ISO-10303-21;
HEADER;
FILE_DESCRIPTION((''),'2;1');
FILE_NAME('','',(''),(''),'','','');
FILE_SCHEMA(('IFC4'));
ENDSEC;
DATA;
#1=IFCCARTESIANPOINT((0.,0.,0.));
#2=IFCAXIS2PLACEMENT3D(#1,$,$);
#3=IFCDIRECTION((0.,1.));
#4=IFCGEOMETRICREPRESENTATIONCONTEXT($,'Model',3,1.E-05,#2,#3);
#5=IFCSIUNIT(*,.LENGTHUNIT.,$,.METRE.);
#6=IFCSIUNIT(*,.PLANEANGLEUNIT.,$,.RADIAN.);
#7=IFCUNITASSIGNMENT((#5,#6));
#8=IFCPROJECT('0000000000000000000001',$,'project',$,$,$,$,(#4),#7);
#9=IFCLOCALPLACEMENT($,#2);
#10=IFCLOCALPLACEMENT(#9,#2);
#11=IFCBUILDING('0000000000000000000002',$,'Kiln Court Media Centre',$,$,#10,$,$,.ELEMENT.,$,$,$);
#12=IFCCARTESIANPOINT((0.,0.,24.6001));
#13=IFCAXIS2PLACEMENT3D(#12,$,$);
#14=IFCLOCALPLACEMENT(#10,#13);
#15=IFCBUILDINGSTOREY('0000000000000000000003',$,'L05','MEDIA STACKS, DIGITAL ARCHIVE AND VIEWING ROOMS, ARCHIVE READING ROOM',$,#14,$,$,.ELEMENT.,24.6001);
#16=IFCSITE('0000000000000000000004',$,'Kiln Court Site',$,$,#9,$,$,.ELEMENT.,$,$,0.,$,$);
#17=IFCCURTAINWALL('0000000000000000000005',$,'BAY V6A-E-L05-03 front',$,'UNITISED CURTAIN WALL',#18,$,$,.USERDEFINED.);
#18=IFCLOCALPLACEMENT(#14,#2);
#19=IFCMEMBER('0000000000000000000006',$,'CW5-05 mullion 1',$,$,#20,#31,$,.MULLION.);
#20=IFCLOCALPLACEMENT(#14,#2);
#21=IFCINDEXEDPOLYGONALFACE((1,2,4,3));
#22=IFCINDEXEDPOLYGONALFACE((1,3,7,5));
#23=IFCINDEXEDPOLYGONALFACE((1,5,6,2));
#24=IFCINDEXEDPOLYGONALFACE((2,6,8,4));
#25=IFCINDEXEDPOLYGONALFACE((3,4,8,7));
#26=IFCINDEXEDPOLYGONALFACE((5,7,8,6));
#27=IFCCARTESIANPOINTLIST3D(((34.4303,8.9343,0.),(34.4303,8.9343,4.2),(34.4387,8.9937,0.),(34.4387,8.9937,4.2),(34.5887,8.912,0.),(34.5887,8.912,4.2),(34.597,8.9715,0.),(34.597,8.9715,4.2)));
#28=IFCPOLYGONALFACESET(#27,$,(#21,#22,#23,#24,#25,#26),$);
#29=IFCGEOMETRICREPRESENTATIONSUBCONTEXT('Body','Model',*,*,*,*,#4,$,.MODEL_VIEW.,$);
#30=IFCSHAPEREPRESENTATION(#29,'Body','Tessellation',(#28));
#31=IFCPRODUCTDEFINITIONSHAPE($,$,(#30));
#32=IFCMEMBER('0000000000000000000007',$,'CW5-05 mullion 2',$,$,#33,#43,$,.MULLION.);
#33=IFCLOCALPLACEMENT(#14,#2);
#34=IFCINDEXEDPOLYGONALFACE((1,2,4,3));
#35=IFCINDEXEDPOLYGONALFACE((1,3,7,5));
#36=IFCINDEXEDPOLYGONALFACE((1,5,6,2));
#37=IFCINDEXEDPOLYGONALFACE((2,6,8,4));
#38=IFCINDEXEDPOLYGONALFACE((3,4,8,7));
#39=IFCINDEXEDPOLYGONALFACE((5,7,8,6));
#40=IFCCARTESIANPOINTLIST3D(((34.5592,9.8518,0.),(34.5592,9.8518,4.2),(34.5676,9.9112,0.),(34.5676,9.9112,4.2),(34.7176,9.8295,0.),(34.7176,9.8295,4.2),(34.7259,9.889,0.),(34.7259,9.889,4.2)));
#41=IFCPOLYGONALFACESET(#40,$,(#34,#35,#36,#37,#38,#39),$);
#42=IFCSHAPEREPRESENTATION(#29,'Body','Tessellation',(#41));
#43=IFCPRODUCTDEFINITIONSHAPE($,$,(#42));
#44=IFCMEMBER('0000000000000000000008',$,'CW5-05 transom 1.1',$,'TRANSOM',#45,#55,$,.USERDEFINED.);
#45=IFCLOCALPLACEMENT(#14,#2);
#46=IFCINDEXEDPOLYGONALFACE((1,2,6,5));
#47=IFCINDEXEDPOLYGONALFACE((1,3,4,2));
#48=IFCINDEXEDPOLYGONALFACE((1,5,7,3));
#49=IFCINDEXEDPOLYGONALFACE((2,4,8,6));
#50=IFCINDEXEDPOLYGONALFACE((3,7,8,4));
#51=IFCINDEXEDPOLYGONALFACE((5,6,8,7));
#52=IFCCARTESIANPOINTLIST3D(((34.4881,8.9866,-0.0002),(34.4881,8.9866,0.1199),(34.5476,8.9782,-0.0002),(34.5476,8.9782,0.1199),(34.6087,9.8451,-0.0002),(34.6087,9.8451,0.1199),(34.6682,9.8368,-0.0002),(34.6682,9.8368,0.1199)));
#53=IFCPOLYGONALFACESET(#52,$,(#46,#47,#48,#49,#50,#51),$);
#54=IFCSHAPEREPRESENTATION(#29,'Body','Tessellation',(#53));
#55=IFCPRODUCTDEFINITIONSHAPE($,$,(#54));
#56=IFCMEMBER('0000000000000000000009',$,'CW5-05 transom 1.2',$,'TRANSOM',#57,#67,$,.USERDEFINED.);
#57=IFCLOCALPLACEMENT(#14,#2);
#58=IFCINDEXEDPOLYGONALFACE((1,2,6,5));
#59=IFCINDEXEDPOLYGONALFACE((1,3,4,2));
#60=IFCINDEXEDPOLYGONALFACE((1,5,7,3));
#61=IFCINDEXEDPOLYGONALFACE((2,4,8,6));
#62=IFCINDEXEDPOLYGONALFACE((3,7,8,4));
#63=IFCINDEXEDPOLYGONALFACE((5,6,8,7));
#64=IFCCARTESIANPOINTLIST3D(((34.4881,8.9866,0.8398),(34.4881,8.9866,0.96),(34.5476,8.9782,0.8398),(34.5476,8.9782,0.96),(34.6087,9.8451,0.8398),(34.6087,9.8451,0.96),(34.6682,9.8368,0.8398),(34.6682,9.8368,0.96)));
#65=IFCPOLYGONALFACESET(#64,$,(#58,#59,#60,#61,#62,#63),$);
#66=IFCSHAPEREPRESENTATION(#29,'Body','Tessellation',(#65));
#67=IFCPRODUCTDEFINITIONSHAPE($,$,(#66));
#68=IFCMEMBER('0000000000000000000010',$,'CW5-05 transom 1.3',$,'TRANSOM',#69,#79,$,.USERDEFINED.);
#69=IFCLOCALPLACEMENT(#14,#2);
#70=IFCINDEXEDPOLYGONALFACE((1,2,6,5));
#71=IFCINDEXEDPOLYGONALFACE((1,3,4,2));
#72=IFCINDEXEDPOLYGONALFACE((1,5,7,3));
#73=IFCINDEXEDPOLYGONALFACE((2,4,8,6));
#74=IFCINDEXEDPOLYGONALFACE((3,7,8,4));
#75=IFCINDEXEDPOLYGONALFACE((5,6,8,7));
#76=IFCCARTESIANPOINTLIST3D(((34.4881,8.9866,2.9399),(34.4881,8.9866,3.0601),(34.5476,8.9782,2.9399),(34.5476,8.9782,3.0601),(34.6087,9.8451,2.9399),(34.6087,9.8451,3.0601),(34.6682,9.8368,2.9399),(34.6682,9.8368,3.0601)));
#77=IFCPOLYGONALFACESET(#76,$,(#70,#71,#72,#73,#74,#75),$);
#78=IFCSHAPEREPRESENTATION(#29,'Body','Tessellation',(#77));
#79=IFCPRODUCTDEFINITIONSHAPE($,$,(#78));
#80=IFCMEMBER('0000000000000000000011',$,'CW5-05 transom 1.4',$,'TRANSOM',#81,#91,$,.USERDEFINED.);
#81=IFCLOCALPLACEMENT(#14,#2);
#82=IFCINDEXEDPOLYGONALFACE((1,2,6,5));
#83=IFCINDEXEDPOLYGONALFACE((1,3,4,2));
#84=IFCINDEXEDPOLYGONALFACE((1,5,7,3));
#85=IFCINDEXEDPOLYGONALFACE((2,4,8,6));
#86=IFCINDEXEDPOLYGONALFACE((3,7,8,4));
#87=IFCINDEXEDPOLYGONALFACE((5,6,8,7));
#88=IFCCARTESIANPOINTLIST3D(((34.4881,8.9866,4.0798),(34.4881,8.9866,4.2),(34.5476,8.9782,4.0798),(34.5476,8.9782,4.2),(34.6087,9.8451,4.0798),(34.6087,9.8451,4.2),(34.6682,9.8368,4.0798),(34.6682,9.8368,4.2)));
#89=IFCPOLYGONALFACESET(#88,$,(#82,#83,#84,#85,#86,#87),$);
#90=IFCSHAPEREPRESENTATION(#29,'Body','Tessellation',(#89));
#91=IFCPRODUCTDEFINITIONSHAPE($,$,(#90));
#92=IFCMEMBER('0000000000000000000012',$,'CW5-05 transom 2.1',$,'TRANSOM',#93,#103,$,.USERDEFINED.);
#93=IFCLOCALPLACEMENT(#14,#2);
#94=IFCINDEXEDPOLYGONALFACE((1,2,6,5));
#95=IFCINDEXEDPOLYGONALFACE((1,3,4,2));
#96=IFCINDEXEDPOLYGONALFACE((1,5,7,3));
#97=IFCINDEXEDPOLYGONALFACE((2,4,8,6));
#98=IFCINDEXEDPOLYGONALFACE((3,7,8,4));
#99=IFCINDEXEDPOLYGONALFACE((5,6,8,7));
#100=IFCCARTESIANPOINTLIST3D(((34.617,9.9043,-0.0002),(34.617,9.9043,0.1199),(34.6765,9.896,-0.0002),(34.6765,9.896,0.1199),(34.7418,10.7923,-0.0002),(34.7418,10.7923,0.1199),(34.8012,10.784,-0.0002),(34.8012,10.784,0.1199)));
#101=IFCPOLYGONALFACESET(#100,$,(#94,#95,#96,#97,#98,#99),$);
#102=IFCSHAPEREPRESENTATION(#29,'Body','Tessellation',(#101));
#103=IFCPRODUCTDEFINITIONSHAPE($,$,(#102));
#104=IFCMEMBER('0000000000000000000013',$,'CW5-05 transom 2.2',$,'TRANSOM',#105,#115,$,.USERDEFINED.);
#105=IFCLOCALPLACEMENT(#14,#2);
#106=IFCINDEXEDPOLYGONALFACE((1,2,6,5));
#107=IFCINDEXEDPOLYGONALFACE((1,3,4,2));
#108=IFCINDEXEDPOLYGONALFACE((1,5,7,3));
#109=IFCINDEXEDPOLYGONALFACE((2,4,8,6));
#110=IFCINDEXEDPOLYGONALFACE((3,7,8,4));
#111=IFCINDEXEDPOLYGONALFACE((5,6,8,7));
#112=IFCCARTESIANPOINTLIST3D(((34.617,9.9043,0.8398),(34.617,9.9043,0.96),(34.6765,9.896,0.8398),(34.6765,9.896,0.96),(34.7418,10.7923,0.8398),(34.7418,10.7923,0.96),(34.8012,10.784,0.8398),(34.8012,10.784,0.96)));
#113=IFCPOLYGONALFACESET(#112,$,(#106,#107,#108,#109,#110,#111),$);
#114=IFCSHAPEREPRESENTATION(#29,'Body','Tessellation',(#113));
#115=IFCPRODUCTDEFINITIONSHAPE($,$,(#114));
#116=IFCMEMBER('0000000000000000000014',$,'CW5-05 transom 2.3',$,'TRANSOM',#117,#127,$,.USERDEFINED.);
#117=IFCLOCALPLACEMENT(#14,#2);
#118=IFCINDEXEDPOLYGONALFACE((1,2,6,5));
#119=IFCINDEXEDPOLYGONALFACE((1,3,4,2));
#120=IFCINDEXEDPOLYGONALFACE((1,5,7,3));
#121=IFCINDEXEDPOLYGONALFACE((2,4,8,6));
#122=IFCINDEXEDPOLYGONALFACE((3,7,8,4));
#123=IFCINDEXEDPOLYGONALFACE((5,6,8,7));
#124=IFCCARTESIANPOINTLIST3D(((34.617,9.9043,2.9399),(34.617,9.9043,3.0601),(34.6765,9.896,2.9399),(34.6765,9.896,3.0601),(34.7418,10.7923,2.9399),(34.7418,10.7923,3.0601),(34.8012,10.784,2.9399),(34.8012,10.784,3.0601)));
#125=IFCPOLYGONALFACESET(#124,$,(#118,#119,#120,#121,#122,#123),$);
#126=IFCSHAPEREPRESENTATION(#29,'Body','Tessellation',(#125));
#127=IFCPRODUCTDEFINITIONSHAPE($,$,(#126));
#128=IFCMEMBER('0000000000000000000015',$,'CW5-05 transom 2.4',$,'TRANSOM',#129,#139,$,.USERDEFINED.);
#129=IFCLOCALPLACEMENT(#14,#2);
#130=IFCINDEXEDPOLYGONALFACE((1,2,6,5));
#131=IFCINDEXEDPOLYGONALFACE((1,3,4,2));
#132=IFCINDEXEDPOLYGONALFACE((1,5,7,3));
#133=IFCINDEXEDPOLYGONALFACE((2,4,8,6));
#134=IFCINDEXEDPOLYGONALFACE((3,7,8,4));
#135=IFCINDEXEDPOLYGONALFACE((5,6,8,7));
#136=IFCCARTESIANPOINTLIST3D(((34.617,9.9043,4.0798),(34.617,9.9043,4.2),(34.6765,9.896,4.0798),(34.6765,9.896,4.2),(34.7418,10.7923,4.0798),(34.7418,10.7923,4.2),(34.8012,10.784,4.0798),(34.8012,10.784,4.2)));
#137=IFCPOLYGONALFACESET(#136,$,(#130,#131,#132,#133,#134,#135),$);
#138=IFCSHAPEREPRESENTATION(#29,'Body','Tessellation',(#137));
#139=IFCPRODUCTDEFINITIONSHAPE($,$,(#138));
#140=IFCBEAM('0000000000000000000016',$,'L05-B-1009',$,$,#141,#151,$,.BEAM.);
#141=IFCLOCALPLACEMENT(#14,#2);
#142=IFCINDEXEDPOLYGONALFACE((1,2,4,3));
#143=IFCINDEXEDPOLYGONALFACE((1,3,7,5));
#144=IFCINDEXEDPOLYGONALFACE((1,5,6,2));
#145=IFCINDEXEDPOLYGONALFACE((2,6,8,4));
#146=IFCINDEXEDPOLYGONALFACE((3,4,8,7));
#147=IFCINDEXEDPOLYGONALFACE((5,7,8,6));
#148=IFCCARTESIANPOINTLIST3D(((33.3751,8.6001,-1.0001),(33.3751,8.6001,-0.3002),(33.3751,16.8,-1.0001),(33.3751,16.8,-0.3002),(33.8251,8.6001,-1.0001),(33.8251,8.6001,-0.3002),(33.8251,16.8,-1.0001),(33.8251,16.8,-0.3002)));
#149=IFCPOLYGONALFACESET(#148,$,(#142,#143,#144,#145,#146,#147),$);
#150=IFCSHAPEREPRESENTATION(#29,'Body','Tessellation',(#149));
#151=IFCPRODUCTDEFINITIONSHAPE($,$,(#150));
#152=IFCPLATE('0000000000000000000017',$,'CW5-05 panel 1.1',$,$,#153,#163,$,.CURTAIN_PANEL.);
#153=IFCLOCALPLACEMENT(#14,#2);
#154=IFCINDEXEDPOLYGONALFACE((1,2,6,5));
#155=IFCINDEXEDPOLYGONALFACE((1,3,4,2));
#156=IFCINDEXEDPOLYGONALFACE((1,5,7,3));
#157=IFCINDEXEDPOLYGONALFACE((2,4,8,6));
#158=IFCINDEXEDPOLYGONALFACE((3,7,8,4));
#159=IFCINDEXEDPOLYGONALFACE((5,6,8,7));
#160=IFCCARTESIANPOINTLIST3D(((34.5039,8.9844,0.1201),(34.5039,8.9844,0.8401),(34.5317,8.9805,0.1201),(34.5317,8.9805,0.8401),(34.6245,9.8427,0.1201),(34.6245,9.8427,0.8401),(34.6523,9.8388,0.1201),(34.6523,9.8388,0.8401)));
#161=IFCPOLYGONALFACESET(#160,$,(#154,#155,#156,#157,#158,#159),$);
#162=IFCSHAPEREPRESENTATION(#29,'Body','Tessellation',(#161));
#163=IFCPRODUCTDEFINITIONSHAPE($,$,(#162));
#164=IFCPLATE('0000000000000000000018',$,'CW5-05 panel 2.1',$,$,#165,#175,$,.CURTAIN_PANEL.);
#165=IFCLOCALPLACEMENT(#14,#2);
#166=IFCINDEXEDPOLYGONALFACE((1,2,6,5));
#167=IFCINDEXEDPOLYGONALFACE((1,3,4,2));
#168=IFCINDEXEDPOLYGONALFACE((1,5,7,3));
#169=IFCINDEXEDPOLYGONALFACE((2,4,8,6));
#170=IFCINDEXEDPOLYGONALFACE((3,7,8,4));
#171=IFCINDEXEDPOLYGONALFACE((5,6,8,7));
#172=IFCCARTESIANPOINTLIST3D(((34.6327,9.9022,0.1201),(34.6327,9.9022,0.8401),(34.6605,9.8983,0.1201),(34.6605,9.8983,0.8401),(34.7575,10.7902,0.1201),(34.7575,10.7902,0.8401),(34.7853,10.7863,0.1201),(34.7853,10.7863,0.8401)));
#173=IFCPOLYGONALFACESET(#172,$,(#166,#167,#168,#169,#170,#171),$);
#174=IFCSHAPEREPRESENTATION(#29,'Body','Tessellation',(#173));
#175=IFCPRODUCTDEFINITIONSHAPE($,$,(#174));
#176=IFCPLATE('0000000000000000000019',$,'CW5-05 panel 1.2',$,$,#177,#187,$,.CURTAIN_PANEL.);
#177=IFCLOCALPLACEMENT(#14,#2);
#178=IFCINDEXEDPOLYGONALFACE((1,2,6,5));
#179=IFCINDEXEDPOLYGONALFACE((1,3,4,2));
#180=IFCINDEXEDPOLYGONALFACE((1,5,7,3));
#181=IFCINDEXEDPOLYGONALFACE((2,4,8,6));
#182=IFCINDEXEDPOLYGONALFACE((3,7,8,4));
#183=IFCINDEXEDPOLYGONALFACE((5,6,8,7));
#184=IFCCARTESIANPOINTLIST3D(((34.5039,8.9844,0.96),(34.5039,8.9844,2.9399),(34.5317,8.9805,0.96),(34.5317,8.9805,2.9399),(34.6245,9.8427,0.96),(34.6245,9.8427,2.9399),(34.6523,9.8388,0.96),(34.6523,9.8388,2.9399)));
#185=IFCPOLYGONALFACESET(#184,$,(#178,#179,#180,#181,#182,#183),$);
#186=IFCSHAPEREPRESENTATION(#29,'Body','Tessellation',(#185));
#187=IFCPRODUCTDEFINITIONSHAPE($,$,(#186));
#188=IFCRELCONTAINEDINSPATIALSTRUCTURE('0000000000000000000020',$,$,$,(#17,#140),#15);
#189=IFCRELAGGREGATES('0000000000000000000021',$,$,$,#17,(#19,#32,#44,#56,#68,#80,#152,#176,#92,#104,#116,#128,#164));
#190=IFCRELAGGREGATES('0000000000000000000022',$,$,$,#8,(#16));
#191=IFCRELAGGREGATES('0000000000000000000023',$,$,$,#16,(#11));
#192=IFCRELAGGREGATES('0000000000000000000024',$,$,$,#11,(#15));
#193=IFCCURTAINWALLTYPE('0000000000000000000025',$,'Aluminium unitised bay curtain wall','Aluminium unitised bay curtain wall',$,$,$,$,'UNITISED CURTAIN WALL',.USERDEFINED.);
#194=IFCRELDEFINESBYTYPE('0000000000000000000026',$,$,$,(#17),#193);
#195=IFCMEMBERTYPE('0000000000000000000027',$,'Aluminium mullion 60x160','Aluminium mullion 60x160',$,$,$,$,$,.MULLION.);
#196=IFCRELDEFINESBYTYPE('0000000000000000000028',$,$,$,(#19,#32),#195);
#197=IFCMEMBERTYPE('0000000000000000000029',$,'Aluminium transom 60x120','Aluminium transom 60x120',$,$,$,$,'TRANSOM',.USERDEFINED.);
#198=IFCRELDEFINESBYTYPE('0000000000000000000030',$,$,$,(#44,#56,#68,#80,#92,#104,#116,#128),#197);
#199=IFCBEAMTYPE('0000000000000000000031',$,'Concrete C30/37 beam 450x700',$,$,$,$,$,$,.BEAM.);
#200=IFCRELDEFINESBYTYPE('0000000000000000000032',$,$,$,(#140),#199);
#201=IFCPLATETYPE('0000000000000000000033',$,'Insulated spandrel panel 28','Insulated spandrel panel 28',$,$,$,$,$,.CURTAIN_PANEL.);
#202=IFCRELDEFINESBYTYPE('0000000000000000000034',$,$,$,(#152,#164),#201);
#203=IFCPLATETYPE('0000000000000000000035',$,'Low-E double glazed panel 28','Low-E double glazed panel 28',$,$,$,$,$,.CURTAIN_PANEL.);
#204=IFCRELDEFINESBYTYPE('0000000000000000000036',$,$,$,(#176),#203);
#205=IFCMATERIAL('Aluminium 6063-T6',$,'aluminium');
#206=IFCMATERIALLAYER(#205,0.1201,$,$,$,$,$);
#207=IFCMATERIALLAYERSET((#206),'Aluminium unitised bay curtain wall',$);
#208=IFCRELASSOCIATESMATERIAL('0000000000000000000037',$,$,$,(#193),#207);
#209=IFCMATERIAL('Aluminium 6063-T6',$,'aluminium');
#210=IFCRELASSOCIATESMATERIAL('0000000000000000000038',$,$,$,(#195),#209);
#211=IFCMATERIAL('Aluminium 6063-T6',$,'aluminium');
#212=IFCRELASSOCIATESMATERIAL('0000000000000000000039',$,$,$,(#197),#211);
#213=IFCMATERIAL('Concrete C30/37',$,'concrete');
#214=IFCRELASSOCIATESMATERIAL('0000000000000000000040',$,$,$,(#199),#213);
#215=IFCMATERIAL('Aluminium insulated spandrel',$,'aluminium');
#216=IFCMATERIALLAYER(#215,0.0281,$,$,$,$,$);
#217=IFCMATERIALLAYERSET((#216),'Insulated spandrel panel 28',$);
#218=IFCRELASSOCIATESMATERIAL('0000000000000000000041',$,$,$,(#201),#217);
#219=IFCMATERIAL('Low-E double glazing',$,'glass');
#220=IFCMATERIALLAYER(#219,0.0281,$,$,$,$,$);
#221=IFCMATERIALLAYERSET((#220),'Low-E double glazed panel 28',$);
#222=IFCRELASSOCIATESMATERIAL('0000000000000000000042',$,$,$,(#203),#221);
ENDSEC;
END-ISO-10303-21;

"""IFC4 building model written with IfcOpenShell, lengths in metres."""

from ifc_helpers import new_model, si_unit, direction, frame, origin, origin_2d, place, context, subcontext, project, spatial, rectangle, extrude, material, layer, layer_set, material_profile, profile_set, type_object, element, aggregate, save


model = new_model("IFC4")

# Units and contexts
model_context = context("Model", 3, precision=1e-05, world=origin(), true_north=direction((0.0, 1.0)))
body_context = subcontext(model_context, "Body", "Model", "MODEL_VIEW")
ifc_project = project(units=[si_unit("LENGTHUNIT", "METRE"), si_unit("PLANEANGLEUNIT", "RADIAN")], contexts=[model_context])

# Site, building, storey
site_placement = place(None, origin())
site = spatial("IfcSite", under=ifc_project, at=site_placement, Name="Kiln Court Site", CompositionType="ELEMENT", RefElevation=0.0)
building_placement = place(site_placement, origin())
building = spatial("IfcBuilding", under=site, at=building_placement, Name="Kiln Court Media Centre", CompositionType="ELEMENT")
storey_placement = place(building_placement, frame((0.0, 0.0, 24.6001)))
storey = spatial("IfcBuildingStorey", under=building, at=storey_placement, Name="L05", Description="MEDIA STACKS, DIGITAL ARCHIVE AND VIEWING ROOMS, ARCHIVE READING ROOM", CompositionType="ELEMENT", Elevation=24.6001)

# Curtain wall, members
ifc_material_1 = material(Name="Aluminium 6063-T6", Category="aluminium")
ifc_layer_1 = layer(ifc_material_1, 0.1201)
ifc_layer_set_1 = layer_set([ifc_layer_1], Name="Aluminium unitised bay curtain wall")
curtain_wall_type = type_object("IfcCurtainWallType", Name="Aluminium unitised bay curtain wall", Description="Aluminium unitised bay curtain wall", ElementType="UNITISED CURTAIN WALL", PredefinedType="USERDEFINED", material=ifc_layer_set_1)
curtain_wall_placement = place(storey_placement, origin())
curtain_wall = element("IfcCurtainWall", 1, at=curtain_wall_placement, inside=storey, type_object=curtain_wall_type, Name="BAY V6A-E-L05-03 front", ObjectType="UNITISED CURTAIN WALL", PredefinedType="USERDEFINED")
ifc_material_2 = material(Name="Aluminium 6063-T6", Category="aluminium")
ifc_material_profile_1 = material_profile(ifc_material_2, rectangle(XDim=0.0601, YDim=0.1599, at=origin_2d()), Name="Aluminium mullion 60x160")
ifc_profile_set_1 = profile_set([ifc_material_profile_1], Name="Aluminium 6063-T6")
member_type_1 = type_object("IfcMemberType", Name="Aluminium mullion 60x160", Description="Aluminium mullion 60x160", PredefinedType="MULLION", material=ifc_profile_set_1)
member_1_placement = place(storey_placement, frame((34.5137, 8.9529, 0.0), z_axis=(0.0, 0.0, 1.0), x_axis=(0.139162, 0.99027, 0.0)))
member_1 = element("IfcMember", 2, at=member_1_placement, type_object=member_type_1, Name="CW5-05 mullion 1", PredefinedType="MULLION", context=body_context, shape_type="SweptSolid", body=[
    extrude(rectangle(XDim=0.0601, YDim=0.1599, at=origin_2d()), origin(), (0.0, 0.0, 1.0), 4.2),
])
member_2_placement = place(storey_placement, frame((34.6426, 9.8704, 0.0), z_axis=(0.0, 0.0, 1.0), x_axis=(0.139162, 0.99027, 0.0)))
member_2 = element("IfcMember", 3, at=member_2_placement, type_object=member_type_1, Name="CW5-05 mullion 2", PredefinedType="MULLION", context=body_context, shape_type="SweptSolid", body=[
    extrude(rectangle(XDim=0.0601, YDim=0.1599, at=origin_2d()), origin(), (0.0, 0.0, 1.0), 4.2),
])
ifc_material_3 = material(Name="Aluminium 6063-T6", Category="aluminium")
ifc_material_profile_2 = material_profile(ifc_material_3, rectangle(XDim=0.0601, YDim=0.1201, at=origin_2d()), Name="Aluminium transom 60x120")
ifc_profile_set_2 = profile_set([ifc_material_profile_2], Name="Aluminium 6063-T6")
member_type_2 = type_object("IfcMemberType", Name="Aluminium transom 60x120", Description="Aluminium transom 60x120", ElementType="TRANSOM", PredefinedType="USERDEFINED", material=ifc_profile_set_2)
member_3_placement = place(storey_placement, frame((34.5178, 8.9824, 0.0598), z_axis=(0.139134, 0.990274, 0.0), x_axis=(-0.990274, 0.139134, 0.0)))
member_3 = element("IfcMember", 4, at=member_3_placement, type_object=member_type_2, Name="CW5-05 transom 1.1", ObjectType="TRANSOM", PredefinedType="USERDEFINED", context=body_context, shape_type="SweptSolid", body=[
    extrude(rectangle(XDim=0.0601, YDim=0.1201, at=origin_2d()), origin(), (0.0, 0.0, 1.0), 0.8669),
])
member_4_placement = place(storey_placement, frame((34.5178, 8.9824, 0.8999), z_axis=(0.139134, 0.990274, 0.0), x_axis=(-0.990274, 0.139134, 0.0)))
member_4 = element("IfcMember", 5, at=member_4_placement, type_object=member_type_2, Name="CW5-05 transom 1.2", ObjectType="TRANSOM", PredefinedType="USERDEFINED", context=body_context, shape_type="SweptSolid", body=[
    extrude(rectangle(XDim=0.0601, YDim=0.1201, at=origin_2d()), origin(), (0.0, 0.0, 1.0), 0.8669),
])
member_5_placement = place(storey_placement, frame((34.5178, 8.9824, 3.0), z_axis=(0.139134, 0.990274, 0.0), x_axis=(-0.990274, 0.139134, 0.0)))
member_5 = element("IfcMember", 6, at=member_5_placement, type_object=member_type_2, Name="CW5-05 transom 1.3", ObjectType="TRANSOM", PredefinedType="USERDEFINED", context=body_context, shape_type="SweptSolid", body=[
    extrude(rectangle(XDim=0.0601, YDim=0.1201, at=origin_2d()), origin(), (0.0, 0.0, 1.0), 0.8669),
])
member_6_placement = place(storey_placement, frame((34.5178, 8.9824, 4.1399), z_axis=(0.139134, 0.990274, 0.0), x_axis=(-0.990274, 0.139134, 0.0)))
member_6 = element("IfcMember", 7, at=member_6_placement, type_object=member_type_2, Name="CW5-05 transom 1.4", ObjectType="TRANSOM", PredefinedType="USERDEFINED", context=body_context, shape_type="SweptSolid", body=[
    extrude(rectangle(XDim=0.0601, YDim=0.1201, at=origin_2d()), origin(), (0.0, 0.0, 1.0), 0.8669),
])
member_7_placement = place(storey_placement, frame((34.6467, 9.9001, 0.0598), z_axis=(0.139134, 0.990274, 0.0), x_axis=(-0.990274, 0.139134, 0.0)))
member_7 = element("IfcMember", 8, at=member_7_placement, type_object=member_type_2, Name="CW5-05 transom 2.1", ObjectType="TRANSOM", PredefinedType="USERDEFINED", context=body_context, shape_type="SweptSolid", body=[
    extrude(rectangle(XDim=0.0601, YDim=0.1201, at=origin_2d()), origin(), (0.0, 0.0, 1.0), 0.8967),
])
member_8_placement = place(storey_placement, frame((34.6467, 9.9001, 0.8999), z_axis=(0.139134, 0.990274, 0.0), x_axis=(-0.990274, 0.139134, 0.0)))
member_8 = element("IfcMember", 9, at=member_8_placement, type_object=member_type_2, Name="CW5-05 transom 2.2", ObjectType="TRANSOM", PredefinedType="USERDEFINED", context=body_context, shape_type="SweptSolid", body=[
    extrude(rectangle(XDim=0.0601, YDim=0.1201, at=origin_2d()), origin(), (0.0, 0.0, 1.0), 0.8967),
])
member_9_placement = place(storey_placement, frame((34.6467, 9.9001, 3.0), z_axis=(0.139134, 0.990274, 0.0), x_axis=(-0.990274, 0.139134, 0.0)))
member_9 = element("IfcMember", 10, at=member_9_placement, type_object=member_type_2, Name="CW5-05 transom 2.3", ObjectType="TRANSOM", PredefinedType="USERDEFINED", context=body_context, shape_type="SweptSolid", body=[
    extrude(rectangle(XDim=0.0601, YDim=0.1201, at=origin_2d()), origin(), (0.0, 0.0, 1.0), 0.8967),
])
member_10_placement = place(storey_placement, frame((34.6467, 9.9001, 4.1399), z_axis=(0.139134, 0.990274, 0.0), x_axis=(-0.990274, 0.139134, 0.0)))
member_10 = element("IfcMember", 11, at=member_10_placement, type_object=member_type_2, Name="CW5-05 transom 2.4", ObjectType="TRANSOM", PredefinedType="USERDEFINED", context=body_context, shape_type="SweptSolid", body=[
    extrude(rectangle(XDim=0.0601, YDim=0.1201, at=origin_2d()), origin(), (0.0, 0.0, 1.0), 0.8967),
])

# Beam
ifc_material_4 = material(Name="Concrete C30/37", Category="concrete")
ifc_material_profile_3 = material_profile(ifc_material_4, rectangle(XDim=0.45, YDim=0.7, at=origin_2d()), Name="RC 450x700")
ifc_profile_set_3 = profile_set([ifc_material_profile_3], Name="Concrete C30/37")
beam_type = type_object("IfcBeamType", Name="Concrete C30/37 beam 450x700", PredefinedType="BEAM", material=ifc_profile_set_3)
beam_placement = place(storey_placement, frame((33.6001, 8.6001, -0.6501), z_axis=(0.0, 1.0, 0.0), x_axis=(-1.0, 0.0, 0.0)))
element("IfcBeam", 12, at=beam_placement, inside=storey, type_object=beam_type, Name="L05-B-1009", PredefinedType="BEAM", context=body_context, shape_type="SweptSolid", body=[
    extrude(rectangle(XDim=0.45, YDim=0.7, at=origin_2d()), origin(), (0.0, 0.0, 1.0), 8.2),
])

# Plates
ifc_material_5 = material(Name="Aluminium insulated spandrel", Category="aluminium")
ifc_layer_2 = layer(ifc_material_5, 0.0281)
ifc_layer_set_2 = layer_set([ifc_layer_2], Name="Insulated spandrel panel 28")
plate_type_1 = type_object("IfcPlateType", Name="Insulated spandrel panel 28", Description="Insulated spandrel panel 28", PredefinedType="CURTAIN_PANEL", material=ifc_layer_set_2)
plate_1_placement = place(storey_placement, frame((34.5781, 9.4116, 0.1201), z_axis=(0.0, 0.0, 1.0), x_axis=(0.139162, 0.99027, 0.0)))
plate_1 = element("IfcPlate", 13, at=plate_1_placement, type_object=plate_type_1, Name="CW5-05 panel 1.1", PredefinedType="CURTAIN_PANEL", context=body_context, shape_type="SweptSolid", body=[
    extrude(rectangle(XDim=0.8667, YDim=0.0281, at=origin_2d()), origin(), (0.0, 0.0, 1.0), 0.72),
])
plate_2_placement = place(storey_placement, frame((34.709, 10.3442, 0.1201), z_axis=(0.0, 0.0, 1.0), x_axis=(0.139162, 0.99027, 0.0)))
plate_2 = element("IfcPlate", 14, at=plate_2_placement, type_object=plate_type_1, Name="CW5-05 panel 2.1", PredefinedType="CURTAIN_PANEL", context=body_context, shape_type="SweptSolid", body=[
    extrude(rectangle(XDim=0.8967, YDim=0.0281, at=origin_2d()), origin(), (0.0, 0.0, 1.0), 0.72),
])
ifc_material_6 = material(Name="Low-E double glazing", Category="glass")
ifc_layer_3 = layer(ifc_material_6, 0.0281)
ifc_layer_set_3 = layer_set([ifc_layer_3], Name="Low-E double glazed panel 28")
plate_type_2 = type_object("IfcPlateType", Name="Low-E double glazed panel 28", Description="Low-E double glazed panel 28", PredefinedType="CURTAIN_PANEL", material=ifc_layer_set_3)
plate_3_placement = place(storey_placement, frame((34.5781, 9.4116, 0.96), z_axis=(0.0, 0.0, 1.0), x_axis=(0.139162, 0.99027, 0.0)))
plate_3 = element("IfcPlate", 15, at=plate_3_placement, type_object=plate_type_2, Name="CW5-05 panel 1.2", PredefinedType="CURTAIN_PANEL", context=body_context, shape_type="SweptSolid", body=[
    extrude(rectangle(XDim=0.8667, YDim=0.0281, at=origin_2d()), origin(), (0.0, 0.0, 1.0), 1.98),
])
aggregate(curtain_wall, [member_1, member_2, member_3, member_4, member_5, member_6, plate_1, plate_3, member_7, member_8, member_9, member_10, plate_2])

save(model, "model.ifc")
